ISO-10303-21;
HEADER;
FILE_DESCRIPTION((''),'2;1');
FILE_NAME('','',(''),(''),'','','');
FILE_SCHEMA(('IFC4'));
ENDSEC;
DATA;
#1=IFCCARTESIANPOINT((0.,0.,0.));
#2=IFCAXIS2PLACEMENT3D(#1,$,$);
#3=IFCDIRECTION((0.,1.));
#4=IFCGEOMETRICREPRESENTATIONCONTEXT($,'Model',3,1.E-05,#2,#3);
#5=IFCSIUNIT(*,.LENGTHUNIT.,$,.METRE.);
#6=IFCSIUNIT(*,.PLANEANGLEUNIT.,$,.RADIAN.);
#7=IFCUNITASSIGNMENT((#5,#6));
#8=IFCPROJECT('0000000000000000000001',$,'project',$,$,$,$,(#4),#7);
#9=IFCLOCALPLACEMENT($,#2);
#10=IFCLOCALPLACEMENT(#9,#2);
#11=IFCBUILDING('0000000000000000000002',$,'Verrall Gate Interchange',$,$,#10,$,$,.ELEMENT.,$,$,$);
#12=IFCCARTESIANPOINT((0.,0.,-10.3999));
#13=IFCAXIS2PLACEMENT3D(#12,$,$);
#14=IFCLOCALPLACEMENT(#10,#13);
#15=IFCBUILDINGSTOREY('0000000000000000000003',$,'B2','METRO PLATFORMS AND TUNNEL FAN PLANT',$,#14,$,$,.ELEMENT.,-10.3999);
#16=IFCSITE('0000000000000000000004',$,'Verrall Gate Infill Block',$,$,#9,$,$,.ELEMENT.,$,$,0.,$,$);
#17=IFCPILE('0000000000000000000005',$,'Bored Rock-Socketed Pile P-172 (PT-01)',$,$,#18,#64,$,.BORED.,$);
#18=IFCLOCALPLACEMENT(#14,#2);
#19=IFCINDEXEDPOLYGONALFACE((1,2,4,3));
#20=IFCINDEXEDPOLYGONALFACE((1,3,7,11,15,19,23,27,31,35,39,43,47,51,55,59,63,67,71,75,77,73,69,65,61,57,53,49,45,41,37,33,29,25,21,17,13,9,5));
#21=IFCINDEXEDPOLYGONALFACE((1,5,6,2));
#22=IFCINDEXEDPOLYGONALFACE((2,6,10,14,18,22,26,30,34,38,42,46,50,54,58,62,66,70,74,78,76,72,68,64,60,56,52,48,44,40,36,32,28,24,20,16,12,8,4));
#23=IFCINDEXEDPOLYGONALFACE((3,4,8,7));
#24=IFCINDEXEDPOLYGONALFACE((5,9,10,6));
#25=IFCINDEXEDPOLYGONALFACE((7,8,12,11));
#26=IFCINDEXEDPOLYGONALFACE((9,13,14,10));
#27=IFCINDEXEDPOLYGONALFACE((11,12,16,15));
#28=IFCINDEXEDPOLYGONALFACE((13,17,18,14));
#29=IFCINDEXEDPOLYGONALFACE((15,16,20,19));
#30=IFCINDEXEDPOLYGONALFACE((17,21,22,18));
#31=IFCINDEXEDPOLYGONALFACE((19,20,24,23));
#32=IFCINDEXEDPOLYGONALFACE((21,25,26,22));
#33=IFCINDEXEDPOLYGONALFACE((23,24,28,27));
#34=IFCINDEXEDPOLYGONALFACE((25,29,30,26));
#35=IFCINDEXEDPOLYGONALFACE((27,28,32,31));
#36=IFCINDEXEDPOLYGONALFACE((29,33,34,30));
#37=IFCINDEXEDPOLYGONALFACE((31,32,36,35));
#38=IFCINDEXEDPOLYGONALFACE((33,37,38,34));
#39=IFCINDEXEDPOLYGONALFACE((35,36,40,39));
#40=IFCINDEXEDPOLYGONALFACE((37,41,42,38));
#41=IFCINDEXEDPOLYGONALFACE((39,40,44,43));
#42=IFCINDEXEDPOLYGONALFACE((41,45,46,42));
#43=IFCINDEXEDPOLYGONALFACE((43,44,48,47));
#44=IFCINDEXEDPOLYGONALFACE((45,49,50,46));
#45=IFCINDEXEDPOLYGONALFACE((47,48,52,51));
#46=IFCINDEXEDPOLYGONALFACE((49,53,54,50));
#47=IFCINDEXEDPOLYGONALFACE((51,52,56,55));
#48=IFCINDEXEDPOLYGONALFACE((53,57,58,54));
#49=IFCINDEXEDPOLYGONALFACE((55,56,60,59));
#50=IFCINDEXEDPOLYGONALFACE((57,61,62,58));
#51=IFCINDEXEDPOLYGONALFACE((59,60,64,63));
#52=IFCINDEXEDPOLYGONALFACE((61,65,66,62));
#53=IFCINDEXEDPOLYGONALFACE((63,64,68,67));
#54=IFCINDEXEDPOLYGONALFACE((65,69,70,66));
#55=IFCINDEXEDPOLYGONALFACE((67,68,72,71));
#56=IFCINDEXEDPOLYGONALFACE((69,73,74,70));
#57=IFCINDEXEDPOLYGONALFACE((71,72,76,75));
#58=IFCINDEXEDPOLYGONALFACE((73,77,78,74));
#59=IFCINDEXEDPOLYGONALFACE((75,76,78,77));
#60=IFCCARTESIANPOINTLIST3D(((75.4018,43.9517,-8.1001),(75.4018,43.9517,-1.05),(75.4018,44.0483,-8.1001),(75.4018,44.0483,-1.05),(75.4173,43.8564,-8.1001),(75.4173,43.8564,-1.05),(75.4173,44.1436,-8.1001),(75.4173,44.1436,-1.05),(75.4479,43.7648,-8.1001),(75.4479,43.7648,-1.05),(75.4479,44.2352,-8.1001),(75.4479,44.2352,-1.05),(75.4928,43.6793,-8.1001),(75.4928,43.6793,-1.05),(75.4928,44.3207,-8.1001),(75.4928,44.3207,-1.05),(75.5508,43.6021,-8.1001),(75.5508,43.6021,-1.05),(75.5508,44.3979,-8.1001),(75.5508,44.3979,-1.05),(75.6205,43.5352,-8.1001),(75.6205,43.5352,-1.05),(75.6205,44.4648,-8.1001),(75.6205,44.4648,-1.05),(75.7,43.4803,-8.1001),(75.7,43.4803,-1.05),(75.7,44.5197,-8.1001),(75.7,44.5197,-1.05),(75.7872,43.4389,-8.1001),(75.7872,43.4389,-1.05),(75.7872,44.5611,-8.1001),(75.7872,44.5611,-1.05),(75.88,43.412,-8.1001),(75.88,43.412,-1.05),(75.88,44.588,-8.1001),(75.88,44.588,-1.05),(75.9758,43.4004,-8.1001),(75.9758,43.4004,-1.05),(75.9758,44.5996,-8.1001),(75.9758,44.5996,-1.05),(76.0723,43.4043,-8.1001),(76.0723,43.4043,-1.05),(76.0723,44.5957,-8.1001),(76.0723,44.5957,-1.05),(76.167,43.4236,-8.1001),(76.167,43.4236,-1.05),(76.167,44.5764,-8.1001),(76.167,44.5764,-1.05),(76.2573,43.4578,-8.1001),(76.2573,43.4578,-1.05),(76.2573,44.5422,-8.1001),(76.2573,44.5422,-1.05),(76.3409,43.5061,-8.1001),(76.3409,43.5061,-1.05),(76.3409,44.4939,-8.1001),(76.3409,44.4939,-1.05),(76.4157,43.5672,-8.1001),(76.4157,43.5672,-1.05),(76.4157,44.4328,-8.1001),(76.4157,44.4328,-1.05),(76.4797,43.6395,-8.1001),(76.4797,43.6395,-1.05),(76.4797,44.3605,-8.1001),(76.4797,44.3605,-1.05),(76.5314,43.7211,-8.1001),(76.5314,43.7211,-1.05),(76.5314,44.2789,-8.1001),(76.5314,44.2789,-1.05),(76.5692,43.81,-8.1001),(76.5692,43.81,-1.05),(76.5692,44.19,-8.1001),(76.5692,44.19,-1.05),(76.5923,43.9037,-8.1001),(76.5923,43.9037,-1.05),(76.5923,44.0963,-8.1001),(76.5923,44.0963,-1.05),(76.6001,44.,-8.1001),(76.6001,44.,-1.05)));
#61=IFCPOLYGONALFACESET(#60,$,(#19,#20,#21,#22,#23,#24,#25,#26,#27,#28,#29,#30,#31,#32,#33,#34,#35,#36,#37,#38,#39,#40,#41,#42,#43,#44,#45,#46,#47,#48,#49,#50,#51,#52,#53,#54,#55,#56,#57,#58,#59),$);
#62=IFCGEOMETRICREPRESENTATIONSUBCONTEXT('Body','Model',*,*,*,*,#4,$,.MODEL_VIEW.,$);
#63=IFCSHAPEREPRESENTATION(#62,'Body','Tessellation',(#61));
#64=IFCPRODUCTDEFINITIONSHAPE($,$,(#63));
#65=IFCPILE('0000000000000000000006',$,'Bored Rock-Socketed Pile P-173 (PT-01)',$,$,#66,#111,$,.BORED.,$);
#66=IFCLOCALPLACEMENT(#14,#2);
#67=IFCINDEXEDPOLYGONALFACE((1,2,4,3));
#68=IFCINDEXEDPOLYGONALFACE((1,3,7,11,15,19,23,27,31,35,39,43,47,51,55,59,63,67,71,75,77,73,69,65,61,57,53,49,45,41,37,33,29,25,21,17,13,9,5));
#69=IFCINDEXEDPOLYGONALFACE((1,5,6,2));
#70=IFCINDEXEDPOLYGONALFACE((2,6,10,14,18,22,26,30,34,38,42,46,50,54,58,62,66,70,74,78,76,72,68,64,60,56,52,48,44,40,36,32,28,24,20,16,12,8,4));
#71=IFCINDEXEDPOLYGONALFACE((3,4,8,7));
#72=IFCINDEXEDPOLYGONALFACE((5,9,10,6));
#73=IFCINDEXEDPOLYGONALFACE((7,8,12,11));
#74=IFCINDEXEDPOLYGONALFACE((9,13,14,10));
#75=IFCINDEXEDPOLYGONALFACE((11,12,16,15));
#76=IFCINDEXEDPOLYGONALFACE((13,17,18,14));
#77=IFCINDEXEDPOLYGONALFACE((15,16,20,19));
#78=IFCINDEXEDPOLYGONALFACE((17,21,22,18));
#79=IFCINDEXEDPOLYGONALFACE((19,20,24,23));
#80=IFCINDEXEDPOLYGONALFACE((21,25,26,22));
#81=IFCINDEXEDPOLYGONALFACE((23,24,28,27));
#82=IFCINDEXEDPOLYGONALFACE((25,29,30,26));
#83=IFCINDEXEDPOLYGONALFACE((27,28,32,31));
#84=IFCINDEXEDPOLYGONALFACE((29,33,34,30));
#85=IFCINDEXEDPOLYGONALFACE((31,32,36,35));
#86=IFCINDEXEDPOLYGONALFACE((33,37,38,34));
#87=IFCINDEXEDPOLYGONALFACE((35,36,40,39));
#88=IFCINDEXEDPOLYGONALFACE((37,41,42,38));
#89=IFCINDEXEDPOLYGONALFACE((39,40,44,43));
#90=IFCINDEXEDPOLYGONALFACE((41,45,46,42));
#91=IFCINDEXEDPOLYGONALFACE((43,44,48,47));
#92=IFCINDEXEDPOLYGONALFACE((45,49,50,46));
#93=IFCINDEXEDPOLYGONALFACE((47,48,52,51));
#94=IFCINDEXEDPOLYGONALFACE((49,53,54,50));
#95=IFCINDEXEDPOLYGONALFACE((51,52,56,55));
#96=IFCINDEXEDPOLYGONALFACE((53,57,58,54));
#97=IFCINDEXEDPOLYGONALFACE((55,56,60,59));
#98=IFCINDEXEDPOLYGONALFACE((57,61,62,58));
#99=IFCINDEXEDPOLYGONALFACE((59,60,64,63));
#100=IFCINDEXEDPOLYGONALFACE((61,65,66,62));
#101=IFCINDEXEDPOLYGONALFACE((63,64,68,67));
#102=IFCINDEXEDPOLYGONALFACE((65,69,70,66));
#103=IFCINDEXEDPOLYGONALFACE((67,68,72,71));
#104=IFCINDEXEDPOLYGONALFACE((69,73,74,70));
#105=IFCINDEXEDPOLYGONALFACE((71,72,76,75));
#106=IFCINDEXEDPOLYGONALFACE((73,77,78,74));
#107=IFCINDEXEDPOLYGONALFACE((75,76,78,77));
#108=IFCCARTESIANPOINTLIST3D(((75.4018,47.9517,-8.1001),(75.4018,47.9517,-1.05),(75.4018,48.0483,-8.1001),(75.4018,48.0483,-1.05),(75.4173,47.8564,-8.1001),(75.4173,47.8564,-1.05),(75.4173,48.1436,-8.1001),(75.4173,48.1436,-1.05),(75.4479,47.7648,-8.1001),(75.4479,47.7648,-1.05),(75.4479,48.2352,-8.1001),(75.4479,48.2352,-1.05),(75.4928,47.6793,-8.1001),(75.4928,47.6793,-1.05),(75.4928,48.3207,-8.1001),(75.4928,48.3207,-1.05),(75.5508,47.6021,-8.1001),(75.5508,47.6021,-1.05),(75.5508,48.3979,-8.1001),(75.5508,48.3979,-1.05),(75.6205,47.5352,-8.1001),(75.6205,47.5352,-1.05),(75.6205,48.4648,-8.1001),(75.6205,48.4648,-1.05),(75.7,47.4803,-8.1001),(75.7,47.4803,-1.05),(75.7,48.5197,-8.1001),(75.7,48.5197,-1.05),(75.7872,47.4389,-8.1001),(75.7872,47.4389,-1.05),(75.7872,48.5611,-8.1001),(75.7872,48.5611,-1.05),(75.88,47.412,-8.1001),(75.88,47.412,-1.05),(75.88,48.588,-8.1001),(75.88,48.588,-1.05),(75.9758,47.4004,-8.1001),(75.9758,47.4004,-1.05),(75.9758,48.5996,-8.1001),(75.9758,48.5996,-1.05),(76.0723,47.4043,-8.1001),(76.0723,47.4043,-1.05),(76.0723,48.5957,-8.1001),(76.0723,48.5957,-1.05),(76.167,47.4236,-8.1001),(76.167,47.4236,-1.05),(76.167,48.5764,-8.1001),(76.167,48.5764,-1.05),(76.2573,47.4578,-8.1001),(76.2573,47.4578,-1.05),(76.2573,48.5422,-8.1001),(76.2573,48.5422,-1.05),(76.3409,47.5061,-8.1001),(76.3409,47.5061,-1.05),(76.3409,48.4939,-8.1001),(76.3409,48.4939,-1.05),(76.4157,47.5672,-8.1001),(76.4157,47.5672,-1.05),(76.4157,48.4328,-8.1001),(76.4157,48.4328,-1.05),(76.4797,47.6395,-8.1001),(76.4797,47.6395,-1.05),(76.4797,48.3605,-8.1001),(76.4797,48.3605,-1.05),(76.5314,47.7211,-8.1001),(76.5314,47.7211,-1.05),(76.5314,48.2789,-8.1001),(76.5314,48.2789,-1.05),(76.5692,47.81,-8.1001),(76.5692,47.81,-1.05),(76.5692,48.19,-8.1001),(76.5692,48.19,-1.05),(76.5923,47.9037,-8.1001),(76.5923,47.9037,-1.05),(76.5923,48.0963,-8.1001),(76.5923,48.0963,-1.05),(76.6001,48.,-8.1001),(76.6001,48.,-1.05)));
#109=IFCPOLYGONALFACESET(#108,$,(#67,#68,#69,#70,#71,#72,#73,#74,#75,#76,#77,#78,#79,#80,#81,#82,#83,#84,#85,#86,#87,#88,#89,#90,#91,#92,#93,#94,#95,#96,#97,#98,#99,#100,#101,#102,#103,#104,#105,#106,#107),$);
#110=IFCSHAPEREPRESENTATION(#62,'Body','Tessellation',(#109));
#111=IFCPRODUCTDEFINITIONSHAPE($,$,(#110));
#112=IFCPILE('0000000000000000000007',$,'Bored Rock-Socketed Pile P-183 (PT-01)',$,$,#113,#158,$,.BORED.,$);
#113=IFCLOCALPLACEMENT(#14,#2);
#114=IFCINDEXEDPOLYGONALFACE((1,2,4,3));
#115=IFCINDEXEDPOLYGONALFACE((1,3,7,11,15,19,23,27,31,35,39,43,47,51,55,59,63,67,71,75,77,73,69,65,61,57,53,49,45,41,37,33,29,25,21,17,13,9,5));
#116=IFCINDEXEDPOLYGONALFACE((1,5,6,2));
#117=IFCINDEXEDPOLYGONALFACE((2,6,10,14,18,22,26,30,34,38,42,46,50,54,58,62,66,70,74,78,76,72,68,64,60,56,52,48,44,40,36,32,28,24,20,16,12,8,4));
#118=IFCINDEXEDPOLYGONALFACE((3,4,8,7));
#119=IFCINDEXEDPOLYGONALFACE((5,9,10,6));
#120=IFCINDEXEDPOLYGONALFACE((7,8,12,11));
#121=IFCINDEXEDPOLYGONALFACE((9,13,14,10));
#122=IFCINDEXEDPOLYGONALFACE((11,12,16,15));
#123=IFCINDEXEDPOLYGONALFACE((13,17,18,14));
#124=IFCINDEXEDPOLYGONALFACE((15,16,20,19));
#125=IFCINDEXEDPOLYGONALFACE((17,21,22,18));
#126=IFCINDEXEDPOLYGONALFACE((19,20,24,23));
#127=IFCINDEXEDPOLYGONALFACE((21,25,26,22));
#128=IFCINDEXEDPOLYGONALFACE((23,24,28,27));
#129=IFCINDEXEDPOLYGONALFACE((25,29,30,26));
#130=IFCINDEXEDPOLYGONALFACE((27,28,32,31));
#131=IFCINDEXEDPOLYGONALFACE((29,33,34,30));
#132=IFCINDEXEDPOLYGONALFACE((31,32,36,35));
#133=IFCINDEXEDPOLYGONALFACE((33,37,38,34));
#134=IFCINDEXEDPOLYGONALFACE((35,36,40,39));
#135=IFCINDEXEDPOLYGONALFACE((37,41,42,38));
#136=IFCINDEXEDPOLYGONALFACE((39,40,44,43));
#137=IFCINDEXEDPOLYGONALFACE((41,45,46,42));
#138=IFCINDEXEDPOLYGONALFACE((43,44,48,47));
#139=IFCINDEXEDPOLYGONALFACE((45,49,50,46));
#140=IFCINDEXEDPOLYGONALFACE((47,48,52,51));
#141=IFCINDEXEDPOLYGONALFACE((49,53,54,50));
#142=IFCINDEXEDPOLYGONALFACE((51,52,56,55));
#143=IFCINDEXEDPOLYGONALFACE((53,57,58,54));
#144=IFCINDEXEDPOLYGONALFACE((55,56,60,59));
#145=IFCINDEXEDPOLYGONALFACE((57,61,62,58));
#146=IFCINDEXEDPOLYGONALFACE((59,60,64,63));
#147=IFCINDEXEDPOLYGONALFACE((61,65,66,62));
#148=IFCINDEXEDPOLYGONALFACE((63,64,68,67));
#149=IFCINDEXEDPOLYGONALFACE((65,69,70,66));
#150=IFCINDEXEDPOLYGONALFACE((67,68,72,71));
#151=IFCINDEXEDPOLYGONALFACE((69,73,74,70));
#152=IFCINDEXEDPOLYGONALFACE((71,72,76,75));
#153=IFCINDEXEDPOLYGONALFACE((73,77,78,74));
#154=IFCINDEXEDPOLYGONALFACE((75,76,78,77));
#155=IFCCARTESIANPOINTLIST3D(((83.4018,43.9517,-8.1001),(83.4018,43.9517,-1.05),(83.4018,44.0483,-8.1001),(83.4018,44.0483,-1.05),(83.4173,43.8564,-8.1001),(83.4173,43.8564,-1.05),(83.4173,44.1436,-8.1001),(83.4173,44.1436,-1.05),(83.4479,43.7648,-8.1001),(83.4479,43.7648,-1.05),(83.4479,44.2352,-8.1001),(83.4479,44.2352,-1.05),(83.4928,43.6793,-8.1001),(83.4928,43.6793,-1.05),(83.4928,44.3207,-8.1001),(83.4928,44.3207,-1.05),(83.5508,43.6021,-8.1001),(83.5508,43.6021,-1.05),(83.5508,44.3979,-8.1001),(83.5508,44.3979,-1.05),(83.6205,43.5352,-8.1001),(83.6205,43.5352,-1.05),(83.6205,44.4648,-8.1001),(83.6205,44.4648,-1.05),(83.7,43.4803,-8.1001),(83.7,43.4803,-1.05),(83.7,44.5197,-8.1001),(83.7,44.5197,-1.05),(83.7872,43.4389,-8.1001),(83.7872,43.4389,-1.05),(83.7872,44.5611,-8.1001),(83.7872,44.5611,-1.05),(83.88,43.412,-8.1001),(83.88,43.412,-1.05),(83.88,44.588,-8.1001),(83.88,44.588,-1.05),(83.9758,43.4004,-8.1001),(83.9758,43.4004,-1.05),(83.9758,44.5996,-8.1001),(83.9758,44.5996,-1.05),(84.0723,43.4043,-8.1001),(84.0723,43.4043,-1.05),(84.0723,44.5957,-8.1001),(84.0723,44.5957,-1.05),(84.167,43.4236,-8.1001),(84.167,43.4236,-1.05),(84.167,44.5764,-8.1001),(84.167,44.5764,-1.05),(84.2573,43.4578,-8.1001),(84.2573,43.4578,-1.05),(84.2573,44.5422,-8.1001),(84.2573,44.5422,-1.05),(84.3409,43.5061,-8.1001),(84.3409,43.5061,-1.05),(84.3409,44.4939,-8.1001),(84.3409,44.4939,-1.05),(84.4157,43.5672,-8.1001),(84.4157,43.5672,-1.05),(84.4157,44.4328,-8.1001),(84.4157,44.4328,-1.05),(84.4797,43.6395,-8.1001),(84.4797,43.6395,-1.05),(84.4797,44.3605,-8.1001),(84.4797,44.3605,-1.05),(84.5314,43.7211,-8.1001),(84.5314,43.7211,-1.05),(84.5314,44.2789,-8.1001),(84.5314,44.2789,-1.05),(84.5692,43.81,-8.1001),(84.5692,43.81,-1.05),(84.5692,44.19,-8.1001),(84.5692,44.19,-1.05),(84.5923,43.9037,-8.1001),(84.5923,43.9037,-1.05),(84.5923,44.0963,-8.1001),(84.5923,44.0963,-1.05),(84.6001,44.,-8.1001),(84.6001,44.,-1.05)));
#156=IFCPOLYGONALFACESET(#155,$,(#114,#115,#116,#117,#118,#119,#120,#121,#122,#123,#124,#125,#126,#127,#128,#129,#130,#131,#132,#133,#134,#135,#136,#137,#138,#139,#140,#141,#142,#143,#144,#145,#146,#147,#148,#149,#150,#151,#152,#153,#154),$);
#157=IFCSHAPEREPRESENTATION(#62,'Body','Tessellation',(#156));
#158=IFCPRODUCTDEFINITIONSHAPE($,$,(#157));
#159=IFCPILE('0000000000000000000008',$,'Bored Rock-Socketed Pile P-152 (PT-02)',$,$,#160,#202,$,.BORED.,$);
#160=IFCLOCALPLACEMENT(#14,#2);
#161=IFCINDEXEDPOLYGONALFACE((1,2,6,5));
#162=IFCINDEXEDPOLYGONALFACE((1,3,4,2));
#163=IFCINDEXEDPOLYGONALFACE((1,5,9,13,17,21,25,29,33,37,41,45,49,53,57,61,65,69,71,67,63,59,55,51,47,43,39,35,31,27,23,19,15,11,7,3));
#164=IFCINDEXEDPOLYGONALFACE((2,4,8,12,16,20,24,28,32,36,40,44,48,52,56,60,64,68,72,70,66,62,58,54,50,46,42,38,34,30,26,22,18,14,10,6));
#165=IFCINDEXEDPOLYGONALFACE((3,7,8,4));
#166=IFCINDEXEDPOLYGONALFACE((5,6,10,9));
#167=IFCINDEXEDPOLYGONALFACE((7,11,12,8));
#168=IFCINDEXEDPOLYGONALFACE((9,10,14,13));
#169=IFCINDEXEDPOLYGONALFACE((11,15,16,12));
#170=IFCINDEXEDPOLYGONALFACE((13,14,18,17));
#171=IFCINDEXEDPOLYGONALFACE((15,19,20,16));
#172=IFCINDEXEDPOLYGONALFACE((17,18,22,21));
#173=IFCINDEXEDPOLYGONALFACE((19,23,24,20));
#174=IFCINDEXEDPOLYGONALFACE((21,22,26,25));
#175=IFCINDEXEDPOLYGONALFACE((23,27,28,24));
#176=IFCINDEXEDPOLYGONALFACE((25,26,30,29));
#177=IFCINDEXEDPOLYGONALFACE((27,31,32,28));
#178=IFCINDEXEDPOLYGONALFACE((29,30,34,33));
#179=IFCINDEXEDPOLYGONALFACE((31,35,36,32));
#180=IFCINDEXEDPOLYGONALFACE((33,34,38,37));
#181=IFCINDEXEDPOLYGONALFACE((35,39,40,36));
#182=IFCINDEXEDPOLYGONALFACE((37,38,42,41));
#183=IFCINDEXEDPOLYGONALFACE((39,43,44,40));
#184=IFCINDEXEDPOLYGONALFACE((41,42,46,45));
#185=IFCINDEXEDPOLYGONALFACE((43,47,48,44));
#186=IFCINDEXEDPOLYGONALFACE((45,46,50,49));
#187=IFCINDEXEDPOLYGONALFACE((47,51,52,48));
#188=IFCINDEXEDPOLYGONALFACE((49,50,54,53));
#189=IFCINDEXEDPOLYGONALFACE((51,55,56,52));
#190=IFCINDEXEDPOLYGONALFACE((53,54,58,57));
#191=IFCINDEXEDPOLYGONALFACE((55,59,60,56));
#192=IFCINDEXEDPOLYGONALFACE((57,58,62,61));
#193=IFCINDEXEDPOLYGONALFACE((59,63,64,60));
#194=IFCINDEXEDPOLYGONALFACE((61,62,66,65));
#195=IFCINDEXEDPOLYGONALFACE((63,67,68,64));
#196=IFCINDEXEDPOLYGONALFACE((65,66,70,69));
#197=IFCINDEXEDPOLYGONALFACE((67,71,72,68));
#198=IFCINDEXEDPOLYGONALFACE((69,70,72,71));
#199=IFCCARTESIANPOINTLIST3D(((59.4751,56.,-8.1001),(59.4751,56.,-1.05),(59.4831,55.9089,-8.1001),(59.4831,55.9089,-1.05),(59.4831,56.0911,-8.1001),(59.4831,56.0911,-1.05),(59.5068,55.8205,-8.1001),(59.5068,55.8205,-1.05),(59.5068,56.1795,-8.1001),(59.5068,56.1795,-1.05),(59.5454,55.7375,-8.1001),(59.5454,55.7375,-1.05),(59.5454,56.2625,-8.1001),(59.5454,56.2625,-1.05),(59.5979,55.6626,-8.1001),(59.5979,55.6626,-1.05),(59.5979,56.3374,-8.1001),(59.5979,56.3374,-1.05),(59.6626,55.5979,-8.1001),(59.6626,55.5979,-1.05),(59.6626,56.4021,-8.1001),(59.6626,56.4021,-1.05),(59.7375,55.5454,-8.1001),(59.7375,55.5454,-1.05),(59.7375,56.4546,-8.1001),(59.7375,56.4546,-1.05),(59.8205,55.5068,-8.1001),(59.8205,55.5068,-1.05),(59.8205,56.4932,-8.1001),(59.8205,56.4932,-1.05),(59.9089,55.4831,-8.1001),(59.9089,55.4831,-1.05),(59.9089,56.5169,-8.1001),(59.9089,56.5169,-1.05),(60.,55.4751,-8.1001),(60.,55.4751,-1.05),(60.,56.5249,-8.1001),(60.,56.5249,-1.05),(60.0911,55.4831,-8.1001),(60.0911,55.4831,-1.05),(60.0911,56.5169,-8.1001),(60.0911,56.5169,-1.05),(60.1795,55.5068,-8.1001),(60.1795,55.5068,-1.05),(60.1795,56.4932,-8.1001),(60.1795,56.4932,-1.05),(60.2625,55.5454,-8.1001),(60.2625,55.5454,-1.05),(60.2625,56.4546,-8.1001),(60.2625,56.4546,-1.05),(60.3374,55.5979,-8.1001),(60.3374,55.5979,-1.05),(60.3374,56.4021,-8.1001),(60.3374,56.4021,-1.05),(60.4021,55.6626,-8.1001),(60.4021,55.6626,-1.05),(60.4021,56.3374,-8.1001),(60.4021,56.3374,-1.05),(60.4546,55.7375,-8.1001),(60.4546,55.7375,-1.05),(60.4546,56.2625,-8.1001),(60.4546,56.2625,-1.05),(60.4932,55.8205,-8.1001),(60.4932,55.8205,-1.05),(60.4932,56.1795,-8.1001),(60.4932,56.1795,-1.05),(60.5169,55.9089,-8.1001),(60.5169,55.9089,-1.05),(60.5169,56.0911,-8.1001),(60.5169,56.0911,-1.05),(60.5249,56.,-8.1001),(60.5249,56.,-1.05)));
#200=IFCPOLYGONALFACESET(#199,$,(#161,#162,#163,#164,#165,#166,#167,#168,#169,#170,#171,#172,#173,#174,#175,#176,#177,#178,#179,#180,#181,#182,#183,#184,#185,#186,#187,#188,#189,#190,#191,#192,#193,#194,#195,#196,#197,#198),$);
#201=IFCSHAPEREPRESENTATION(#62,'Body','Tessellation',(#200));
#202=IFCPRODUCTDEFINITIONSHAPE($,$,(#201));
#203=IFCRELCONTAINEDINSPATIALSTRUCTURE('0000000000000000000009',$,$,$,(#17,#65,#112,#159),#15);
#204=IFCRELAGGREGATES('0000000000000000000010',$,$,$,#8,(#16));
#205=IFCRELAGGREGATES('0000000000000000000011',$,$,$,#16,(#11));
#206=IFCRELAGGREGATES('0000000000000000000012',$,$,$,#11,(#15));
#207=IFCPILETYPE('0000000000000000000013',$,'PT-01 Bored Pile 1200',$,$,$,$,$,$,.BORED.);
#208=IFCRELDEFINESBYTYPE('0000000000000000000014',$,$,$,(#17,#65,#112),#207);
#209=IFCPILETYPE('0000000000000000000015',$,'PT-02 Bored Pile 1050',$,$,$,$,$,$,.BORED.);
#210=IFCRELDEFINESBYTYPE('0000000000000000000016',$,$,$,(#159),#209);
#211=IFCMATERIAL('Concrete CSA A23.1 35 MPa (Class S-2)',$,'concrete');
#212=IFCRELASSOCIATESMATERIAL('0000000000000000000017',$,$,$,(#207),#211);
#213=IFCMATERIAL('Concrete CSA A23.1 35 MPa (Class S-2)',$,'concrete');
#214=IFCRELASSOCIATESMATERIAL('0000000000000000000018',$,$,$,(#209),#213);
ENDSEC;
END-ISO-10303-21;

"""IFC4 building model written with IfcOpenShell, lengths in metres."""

from ifc_helpers import new_model, si_unit, direction, frame, origin, origin_2d, place, context, subcontext, project, spatial, circle, extrude, material, material_profile, profile_set, type_object, element, save


model = new_model("IFC4")

# Units and contexts
model_context = context("Model", 3, precision=1e-05, world=origin(), true_north=direction((0.0, 1.0)))
body_context = subcontext(model_context, "Body", "Model", "MODEL_VIEW")
ifc_project = project(units=[si_unit("LENGTHUNIT", "METRE"), si_unit("PLANEANGLEUNIT", "RADIAN")], contexts=[model_context])

# Site, building, storey
site_placement = place(None, origin())
site = spatial("IfcSite", under=ifc_project, at=site_placement, Name="Verrall Gate Infill Block", CompositionType="ELEMENT", RefElevation=0.0)
building_placement = place(site_placement, origin())
building = spatial("IfcBuilding", under=site, at=building_placement, Name="Verrall Gate Interchange", CompositionType="ELEMENT")
storey_placement = place(building_placement, frame((0.0, 0.0, -10.3999)))
storey = spatial("IfcBuildingStorey", under=building, at=storey_placement, Name="B2", Description="METRO PLATFORMS AND TUNNEL FAN PLANT", CompositionType="ELEMENT", Elevation=-10.3999)

# Piles
ifc_material_1 = material(Name="Concrete CSA A23.1 35 MPa (Class S-2)", Category="concrete")
ifc_material_profile_1 = material_profile(ifc_material_1, circle(Radius=0.6001, at=origin_2d()), Name="PILE1200D")
ifc_profile_set_1 = profile_set([ifc_material_profile_1], Name="Concrete CSA A23.1 35 MPa (Class S-2)")
pile_type_1 = type_object("IfcPileType", Name="PT-01 Bored Pile 1200", PredefinedType="BORED", material=ifc_profile_set_1)
for number, where, z_axis, x_axis, name in (
    (1, (76.0, 44.0, -1.05), (0.0, 0.0, -1.0), (1.0, 0.0, 0.0), "Bored Rock-Socketed Pile P-172 (PT-01)"),
    (2, (76.0, 48.0, -1.05), (0.0, 0.0, -1.0), (1.0, 0.0, 0.0), "Bored Rock-Socketed Pile P-173 (PT-01)"),
    (3, (84.0, 44.0, -1.05), (0.0, 0.0, -1.0), (1.0, 0.0, 0.0), "Bored Rock-Socketed Pile P-183 (PT-01)"),
):
    element("IfcPile", number, at=place(storey_placement, frame(where, z_axis=z_axis, x_axis=x_axis)), inside=storey, type_object=pile_type_1, Name=name, PredefinedType="BORED", context=body_context, shape_type="SweptSolid", body=[
        extrude(circle(Radius=0.6001, at=origin_2d()), origin(), (0.0, 0.0, 1.0), 7.05),
    ])
ifc_material_2 = material(Name="Concrete CSA A23.1 35 MPa (Class S-2)", Category="concrete")
ifc_material_profile_2 = material_profile(ifc_material_2, circle(Radius=0.5249, at=origin_2d()), Name="PILE1050D")
ifc_profile_set_2 = profile_set([ifc_material_profile_2], Name="Concrete CSA A23.1 35 MPa (Class S-2)")
pile_type_2 = type_object("IfcPileType", Name="PT-02 Bored Pile 1050", PredefinedType="BORED", material=ifc_profile_set_2)
for number, where, z_axis, x_axis, name in (
    (4, (60.0, 56.0, -1.05), (0.0, 0.0, -1.0), (1.0, 0.0, 0.0), "Bored Rock-Socketed Pile P-152 (PT-02)"),
):
    element("IfcPile", number, at=place(storey_placement, frame(where, z_axis=z_axis, x_axis=x_axis)), inside=storey, type_object=pile_type_2, Name=name, PredefinedType="BORED", context=body_context, shape_type="SweptSolid", body=[
        extrude(circle(Radius=0.5249, at=origin_2d()), origin(), (0.0, 0.0, 1.0), 7.05),
    ])

save(model, "model.ifc")
